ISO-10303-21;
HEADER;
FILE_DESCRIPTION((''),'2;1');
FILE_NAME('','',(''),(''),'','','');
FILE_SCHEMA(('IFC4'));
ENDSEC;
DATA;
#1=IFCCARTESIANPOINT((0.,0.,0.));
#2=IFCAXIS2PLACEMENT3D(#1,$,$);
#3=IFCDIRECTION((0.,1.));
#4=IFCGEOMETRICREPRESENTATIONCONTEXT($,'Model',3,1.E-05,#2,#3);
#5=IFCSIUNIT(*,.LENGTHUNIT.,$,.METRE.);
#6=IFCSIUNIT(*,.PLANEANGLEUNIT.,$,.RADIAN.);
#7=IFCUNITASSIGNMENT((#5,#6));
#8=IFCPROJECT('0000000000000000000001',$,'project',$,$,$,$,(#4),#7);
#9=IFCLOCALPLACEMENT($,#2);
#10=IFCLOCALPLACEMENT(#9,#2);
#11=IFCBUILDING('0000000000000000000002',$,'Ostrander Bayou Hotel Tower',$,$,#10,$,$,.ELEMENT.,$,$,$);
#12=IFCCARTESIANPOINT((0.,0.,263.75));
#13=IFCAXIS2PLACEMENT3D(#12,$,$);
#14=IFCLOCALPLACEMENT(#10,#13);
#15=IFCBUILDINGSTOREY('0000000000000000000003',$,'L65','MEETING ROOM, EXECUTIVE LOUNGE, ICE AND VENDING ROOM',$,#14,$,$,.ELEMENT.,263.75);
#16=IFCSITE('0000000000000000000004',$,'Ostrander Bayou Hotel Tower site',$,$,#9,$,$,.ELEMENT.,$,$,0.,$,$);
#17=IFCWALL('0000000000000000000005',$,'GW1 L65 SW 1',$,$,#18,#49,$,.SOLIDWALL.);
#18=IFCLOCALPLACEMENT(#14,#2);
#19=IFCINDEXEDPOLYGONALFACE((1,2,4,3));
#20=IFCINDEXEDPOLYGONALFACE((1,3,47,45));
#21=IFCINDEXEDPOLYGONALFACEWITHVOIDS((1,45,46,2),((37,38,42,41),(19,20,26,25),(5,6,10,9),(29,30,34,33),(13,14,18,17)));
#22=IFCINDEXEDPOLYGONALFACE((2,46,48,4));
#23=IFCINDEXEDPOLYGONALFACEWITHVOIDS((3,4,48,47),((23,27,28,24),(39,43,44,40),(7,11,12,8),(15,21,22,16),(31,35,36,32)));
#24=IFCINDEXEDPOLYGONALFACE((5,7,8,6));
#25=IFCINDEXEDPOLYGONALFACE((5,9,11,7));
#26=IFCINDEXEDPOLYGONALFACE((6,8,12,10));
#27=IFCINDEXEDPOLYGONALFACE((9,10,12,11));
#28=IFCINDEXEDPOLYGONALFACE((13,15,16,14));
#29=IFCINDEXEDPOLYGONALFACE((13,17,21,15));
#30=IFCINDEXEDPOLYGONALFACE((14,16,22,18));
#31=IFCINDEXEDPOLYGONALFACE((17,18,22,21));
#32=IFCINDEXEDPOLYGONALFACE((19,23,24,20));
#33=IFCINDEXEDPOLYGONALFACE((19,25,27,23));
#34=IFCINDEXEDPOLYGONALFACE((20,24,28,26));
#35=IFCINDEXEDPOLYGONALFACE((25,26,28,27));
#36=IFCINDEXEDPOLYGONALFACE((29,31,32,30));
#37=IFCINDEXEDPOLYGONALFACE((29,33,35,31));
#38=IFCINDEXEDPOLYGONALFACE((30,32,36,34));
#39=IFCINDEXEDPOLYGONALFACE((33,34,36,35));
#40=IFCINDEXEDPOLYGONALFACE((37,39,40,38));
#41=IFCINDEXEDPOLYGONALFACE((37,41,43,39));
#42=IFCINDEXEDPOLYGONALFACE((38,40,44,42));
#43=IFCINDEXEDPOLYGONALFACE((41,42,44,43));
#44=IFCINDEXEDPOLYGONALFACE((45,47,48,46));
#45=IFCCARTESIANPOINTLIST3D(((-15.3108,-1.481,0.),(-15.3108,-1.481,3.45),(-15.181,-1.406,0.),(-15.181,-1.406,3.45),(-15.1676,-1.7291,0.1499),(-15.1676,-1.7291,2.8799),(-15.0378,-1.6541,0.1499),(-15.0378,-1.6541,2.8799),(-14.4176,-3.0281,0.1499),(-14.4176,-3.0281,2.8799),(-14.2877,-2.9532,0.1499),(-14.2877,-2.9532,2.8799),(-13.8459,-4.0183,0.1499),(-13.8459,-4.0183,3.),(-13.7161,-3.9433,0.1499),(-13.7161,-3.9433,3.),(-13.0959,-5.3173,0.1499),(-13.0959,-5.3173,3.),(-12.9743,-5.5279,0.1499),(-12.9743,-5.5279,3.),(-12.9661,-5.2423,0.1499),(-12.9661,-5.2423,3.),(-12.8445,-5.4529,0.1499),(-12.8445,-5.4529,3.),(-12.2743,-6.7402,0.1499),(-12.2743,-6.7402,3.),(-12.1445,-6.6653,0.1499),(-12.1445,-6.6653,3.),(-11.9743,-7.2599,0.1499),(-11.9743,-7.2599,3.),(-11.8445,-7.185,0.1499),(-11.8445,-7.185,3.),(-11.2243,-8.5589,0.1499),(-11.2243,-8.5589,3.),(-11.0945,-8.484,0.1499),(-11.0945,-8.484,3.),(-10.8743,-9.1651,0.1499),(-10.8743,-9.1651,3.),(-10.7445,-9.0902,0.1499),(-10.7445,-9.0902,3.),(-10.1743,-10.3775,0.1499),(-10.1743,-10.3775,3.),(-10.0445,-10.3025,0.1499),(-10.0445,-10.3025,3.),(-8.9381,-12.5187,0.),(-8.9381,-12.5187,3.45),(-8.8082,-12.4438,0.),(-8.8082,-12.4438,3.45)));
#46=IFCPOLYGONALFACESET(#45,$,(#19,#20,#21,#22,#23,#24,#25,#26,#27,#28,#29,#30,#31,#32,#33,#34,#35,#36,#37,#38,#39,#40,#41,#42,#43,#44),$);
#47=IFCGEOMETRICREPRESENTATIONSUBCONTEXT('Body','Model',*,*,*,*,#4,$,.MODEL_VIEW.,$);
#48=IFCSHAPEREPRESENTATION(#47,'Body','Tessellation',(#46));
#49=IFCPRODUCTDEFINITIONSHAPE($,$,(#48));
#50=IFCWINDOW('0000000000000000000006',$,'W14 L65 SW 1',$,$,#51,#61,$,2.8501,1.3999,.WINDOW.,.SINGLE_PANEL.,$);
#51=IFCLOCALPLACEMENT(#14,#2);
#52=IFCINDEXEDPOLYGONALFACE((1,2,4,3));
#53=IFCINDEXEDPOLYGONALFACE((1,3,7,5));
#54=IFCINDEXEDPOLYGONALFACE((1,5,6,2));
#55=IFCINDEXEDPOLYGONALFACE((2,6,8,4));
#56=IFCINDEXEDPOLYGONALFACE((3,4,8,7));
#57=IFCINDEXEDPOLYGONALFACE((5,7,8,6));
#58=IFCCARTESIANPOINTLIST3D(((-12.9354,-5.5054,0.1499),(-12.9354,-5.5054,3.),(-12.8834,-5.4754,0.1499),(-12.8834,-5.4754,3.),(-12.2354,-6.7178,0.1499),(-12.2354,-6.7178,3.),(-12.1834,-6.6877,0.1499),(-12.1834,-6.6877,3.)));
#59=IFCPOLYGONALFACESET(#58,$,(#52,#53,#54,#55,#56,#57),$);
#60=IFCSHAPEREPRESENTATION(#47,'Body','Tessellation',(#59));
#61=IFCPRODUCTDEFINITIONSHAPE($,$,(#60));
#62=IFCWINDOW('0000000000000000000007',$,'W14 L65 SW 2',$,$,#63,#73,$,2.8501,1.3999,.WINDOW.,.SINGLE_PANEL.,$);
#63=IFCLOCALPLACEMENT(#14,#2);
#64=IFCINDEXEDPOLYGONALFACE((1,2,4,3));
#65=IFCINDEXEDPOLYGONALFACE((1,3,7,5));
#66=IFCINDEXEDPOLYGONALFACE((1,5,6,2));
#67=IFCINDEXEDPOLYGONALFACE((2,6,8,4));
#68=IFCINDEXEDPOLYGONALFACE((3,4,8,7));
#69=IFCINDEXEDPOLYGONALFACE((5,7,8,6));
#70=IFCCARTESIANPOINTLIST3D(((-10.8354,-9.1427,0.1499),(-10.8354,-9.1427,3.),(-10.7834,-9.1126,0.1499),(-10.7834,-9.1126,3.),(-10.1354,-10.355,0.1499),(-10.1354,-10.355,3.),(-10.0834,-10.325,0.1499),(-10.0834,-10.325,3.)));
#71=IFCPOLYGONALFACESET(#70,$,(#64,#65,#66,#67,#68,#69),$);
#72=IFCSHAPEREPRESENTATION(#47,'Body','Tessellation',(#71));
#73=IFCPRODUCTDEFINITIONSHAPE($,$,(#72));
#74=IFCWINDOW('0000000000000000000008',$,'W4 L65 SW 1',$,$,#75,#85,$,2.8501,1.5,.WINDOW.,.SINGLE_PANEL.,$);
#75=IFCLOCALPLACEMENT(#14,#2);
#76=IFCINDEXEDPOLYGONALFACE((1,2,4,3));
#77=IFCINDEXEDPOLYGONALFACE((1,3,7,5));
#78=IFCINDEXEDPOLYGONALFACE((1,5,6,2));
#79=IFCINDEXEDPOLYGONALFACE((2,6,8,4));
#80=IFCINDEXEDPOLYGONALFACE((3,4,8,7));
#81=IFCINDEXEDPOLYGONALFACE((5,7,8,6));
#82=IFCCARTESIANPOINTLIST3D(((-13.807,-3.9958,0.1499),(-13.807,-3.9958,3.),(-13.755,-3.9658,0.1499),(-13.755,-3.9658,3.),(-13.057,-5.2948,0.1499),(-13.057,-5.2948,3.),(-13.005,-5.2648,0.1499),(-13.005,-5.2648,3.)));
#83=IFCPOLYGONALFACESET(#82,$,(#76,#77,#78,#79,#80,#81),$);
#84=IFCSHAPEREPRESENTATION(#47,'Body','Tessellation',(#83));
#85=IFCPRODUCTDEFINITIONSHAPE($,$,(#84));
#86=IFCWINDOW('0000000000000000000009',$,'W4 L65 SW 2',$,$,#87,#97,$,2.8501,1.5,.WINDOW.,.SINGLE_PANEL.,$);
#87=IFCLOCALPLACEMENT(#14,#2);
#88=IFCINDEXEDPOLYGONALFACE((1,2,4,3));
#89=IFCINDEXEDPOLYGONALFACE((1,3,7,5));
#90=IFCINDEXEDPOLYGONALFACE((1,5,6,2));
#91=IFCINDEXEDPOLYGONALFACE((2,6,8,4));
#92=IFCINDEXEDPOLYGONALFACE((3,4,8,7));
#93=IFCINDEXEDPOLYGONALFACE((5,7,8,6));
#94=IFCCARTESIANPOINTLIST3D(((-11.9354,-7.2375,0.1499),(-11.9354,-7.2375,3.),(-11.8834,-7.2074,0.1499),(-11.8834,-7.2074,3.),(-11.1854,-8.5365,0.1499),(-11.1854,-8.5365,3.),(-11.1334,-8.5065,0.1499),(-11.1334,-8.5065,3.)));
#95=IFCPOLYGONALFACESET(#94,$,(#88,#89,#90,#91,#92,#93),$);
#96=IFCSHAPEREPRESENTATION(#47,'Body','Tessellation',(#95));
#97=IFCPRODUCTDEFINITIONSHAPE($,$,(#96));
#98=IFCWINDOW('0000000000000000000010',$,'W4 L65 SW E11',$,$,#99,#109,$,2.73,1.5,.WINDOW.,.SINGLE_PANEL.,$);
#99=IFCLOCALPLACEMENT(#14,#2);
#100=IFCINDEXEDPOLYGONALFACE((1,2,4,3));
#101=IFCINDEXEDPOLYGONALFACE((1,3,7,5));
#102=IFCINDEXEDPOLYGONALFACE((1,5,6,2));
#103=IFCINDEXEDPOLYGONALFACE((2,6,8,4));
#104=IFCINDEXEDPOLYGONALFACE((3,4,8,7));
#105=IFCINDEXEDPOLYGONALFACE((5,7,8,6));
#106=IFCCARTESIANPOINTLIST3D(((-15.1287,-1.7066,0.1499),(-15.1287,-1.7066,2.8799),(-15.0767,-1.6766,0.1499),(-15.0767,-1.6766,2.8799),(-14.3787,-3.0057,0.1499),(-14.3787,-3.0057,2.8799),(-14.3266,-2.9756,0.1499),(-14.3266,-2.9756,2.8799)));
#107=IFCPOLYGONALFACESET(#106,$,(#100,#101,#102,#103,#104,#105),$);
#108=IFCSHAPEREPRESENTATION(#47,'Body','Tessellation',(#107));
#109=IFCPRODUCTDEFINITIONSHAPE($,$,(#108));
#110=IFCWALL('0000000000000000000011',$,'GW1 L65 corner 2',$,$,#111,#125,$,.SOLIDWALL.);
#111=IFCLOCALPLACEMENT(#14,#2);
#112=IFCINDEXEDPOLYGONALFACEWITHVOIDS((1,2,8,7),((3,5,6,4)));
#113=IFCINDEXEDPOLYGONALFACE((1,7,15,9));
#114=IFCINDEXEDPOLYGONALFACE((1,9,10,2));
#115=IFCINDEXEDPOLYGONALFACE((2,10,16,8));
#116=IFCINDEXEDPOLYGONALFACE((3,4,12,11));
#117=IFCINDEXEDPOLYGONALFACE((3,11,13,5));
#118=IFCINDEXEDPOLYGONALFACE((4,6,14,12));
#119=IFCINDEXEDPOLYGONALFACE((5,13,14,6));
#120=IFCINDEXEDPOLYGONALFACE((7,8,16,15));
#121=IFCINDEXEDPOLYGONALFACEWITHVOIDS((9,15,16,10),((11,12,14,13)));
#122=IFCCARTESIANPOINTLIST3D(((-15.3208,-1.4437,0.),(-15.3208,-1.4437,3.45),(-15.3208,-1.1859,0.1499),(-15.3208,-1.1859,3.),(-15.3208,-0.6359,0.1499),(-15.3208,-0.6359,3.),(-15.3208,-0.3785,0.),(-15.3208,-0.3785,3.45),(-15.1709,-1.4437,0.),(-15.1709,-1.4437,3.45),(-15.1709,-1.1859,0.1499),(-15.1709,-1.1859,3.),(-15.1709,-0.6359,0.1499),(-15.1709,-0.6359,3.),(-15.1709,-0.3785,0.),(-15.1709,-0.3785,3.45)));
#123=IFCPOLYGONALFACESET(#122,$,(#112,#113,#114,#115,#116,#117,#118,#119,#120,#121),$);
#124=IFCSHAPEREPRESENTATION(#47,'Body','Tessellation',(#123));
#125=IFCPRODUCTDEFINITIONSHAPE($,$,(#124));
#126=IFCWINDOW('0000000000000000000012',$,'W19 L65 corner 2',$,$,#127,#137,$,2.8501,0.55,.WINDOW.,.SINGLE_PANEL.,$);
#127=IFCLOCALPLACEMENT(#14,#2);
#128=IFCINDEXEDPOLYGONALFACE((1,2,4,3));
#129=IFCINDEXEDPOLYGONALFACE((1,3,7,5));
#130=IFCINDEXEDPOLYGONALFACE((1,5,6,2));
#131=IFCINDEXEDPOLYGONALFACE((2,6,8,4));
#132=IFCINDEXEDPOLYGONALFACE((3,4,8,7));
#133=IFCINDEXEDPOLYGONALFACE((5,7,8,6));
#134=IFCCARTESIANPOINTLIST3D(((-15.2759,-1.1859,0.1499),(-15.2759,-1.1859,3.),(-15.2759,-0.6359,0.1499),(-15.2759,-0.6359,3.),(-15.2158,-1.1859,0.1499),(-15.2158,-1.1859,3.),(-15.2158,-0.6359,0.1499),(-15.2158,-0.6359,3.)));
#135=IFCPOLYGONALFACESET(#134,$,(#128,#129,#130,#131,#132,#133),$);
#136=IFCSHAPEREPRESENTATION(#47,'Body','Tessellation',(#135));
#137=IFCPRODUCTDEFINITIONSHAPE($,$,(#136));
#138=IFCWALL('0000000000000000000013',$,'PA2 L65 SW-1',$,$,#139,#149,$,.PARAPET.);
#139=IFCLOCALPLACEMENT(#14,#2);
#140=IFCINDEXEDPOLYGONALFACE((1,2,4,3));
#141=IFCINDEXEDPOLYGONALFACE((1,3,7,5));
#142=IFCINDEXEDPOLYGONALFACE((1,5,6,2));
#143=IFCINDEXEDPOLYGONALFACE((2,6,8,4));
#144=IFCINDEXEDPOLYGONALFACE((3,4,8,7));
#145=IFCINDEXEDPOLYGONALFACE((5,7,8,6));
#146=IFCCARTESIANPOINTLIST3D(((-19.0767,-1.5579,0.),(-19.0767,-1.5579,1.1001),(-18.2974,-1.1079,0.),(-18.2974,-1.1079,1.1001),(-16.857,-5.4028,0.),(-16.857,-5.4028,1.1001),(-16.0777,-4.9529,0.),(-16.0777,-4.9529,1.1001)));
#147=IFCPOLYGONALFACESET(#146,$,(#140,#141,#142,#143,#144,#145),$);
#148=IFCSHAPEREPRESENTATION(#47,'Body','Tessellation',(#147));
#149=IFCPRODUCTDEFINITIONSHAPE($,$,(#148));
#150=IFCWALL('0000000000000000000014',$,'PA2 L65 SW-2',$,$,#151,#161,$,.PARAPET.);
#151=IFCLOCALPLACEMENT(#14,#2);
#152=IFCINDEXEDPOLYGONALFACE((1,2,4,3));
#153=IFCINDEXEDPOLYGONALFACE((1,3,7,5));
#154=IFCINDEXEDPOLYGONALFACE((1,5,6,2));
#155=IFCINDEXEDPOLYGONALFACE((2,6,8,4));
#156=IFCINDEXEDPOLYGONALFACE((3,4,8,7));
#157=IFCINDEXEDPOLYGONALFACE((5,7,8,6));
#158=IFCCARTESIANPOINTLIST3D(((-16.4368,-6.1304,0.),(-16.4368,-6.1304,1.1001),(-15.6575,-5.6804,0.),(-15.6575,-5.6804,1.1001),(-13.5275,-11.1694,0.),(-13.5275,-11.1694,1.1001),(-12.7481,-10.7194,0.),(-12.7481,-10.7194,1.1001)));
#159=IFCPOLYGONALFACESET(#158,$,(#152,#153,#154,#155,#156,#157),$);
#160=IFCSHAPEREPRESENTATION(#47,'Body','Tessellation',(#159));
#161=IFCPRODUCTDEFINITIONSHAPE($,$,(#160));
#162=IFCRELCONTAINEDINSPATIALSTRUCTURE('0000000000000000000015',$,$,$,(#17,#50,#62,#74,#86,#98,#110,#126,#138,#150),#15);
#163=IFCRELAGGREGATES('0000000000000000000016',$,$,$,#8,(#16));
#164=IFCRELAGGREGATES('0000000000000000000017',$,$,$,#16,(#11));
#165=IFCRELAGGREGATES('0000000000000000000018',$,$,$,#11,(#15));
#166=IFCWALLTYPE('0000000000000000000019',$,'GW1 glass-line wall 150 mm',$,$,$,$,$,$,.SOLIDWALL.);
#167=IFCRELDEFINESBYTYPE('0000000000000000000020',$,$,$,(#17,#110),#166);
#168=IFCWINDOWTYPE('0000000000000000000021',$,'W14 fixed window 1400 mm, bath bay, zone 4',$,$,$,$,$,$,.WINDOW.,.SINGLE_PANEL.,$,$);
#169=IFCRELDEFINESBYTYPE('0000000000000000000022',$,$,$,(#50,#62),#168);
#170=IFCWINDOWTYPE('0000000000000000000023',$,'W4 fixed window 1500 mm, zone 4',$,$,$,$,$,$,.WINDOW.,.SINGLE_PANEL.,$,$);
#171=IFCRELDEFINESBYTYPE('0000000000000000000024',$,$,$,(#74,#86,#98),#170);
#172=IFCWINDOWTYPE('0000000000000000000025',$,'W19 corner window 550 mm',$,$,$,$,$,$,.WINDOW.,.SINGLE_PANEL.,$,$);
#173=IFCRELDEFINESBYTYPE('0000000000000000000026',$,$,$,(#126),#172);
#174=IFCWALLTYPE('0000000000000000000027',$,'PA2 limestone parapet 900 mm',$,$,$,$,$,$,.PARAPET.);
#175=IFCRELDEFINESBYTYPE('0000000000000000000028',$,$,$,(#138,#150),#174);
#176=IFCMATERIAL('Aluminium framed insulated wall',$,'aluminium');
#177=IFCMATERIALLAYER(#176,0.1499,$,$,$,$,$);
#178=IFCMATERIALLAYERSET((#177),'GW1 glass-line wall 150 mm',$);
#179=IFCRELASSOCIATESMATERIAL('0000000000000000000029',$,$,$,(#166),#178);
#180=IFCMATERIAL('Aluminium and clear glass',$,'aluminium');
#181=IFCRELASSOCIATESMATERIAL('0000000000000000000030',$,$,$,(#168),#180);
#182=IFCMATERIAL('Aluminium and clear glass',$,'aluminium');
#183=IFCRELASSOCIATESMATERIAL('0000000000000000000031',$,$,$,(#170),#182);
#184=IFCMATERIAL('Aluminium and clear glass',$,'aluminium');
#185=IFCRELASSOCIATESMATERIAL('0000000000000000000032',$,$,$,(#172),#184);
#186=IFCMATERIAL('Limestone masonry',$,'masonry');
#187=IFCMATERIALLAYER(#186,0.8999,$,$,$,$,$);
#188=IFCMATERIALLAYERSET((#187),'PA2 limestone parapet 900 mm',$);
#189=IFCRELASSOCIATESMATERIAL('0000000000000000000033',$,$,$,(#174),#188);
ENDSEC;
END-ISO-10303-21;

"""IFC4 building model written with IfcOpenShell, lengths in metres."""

from ifc_helpers import new_model, si_unit, direction, frame, frame_2d, origin, place, context, subcontext, project, spatial, rectangle, extrude, material, layer, layer_set, type_object, element, fill, save


model = new_model("IFC4")

# Units and contexts
model_context = context("Model", 3, precision=1e-05, world=origin(), true_north=direction((0.0, 1.0)))
body_context = subcontext(model_context, "Body", "Model", "MODEL_VIEW")
ifc_project = project(units=[si_unit("LENGTHUNIT", "METRE"), si_unit("PLANEANGLEUNIT", "RADIAN")], contexts=[model_context])

# Site, building, storey
site_placement = place(None, origin())
site = spatial("IfcSite", under=ifc_project, at=site_placement, Name="Ostrander Bayou Hotel Tower site", CompositionType="ELEMENT", RefElevation=0.0)
building_placement = place(site_placement, origin())
building = spatial("IfcBuilding", under=site, at=building_placement, Name="Ostrander Bayou Hotel Tower", CompositionType="ELEMENT")
storey_placement = place(building_placement, frame((0.0, 0.0, 263.75)))
storey = spatial("IfcBuildingStorey", under=building, at=storey_placement, Name="L65", Description="MEETING ROOM, EXECUTIVE LOUNGE, ICE AND VENDING ROOM", CompositionType="ELEMENT", Elevation=263.75)

# Wall, openings, windows
ifc_material_1 = material(Name="Aluminium framed insulated wall", Category="aluminium")
ifc_layer_1 = layer(ifc_material_1, 0.1499)
ifc_layer_set_1 = layer_set([ifc_layer_1], Name="GW1 glass-line wall 150 mm")
wall_type_1 = type_object("IfcWallType", Name="GW1 glass-line wall 150 mm", PredefinedType="SOLIDWALL", material=ifc_layer_set_1)
wall_1_placement = place(storey_placement, frame((-15.2458, -1.4436, 0.0), z_axis=(0.0, 0.0, 1.0), x_axis=(0.500006, -0.866022, 0.0)))
wall_1 = element("IfcWall", 1, at=wall_1_placement, inside=storey, type_object=wall_type_1, Name="GW1 L65 SW 1", PredefinedType="SOLIDWALL", context=body_context, shape_type="SweptSolid", body=[
    extrude(rectangle(XDim=12.7454, YDim=0.1499, at=frame_2d((6.3726, 0.0))), origin(), (0.0, 0.0, 1.0), 3.45),
])
opening_1_placement = place(wall_1_placement, frame((2.9297, 0.0, 0.1499)))
opening_1 = element("IfcOpeningElement", 2, at=opening_1_placement, cuts=wall_1, PredefinedType="OPENING", context=body_context, shape_type="SweptSolid", body=[
    extrude(rectangle(XDim=1.5, YDim=2.8501, at=frame_2d((0.75, 1.425))), frame((0.0, 0.075, 0.0), z_axis=(0.0, -1.0, 0.0), x_axis=(1.0, 0.0, 0.0)), (0.0, 0.0, 1.0), 0.1499),
])
opening_2_placement = place(wall_1_placement, frame((4.6729, 0.0, 0.1499)))
opening_2 = element("IfcOpeningElement", 3, at=opening_2_placement, cuts=wall_1, PredefinedType="OPENING", context=body_context, shape_type="SweptSolid", body=[
    extrude(rectangle(XDim=1.3999, YDim=2.8501, at=frame_2d((0.7, 1.425))), frame((0.0, 0.075, 0.0), z_axis=(0.0, -1.0, 0.0), x_axis=(1.0, 0.0, 0.0)), (0.0, 0.0, 1.0), 0.1499),
])
opening_3_placement = place(wall_1_placement, frame((6.6729, 0.0, 0.1499)))
opening_3 = element("IfcOpeningElement", 4, at=opening_3_placement, cuts=wall_1, PredefinedType="OPENING", context=body_context, shape_type="SweptSolid", body=[
    extrude(rectangle(XDim=1.5, YDim=2.8501, at=frame_2d((0.75, 1.425))), frame((0.0, 0.075, 0.0), z_axis=(0.0, -1.0, 0.0), x_axis=(1.0, 0.0, 0.0)), (0.0, 0.0, 1.0), 0.1499),
])
opening_4_placement = place(wall_1_placement, frame((8.8728, 0.0, 0.1499)))
opening_4 = element("IfcOpeningElement", 5, at=opening_4_placement, cuts=wall_1, PredefinedType="OPENING", context=body_context, shape_type="SweptSolid", body=[
    extrude(rectangle(XDim=1.3999, YDim=2.8501, at=frame_2d((0.7, 1.425))), frame((0.0, 0.075, 0.0), z_axis=(0.0, -1.0, 0.0), x_axis=(1.0, 0.0, 0.0)), (0.0, 0.0, 1.0), 0.1499),
])
opening_5_placement = place(wall_1_placement, frame((0.2864, 0.0, 0.1499)))
opening_5 = element("IfcOpeningElement", 6, at=opening_5_placement, cuts=wall_1, PredefinedType="OPENING", context=body_context, shape_type="SweptSolid", body=[
    extrude(rectangle(XDim=1.5, YDim=2.73, at=frame_2d((0.75, 1.365))), frame((0.0, 0.075, 0.0), z_axis=(0.0, -1.0, 0.0), x_axis=(1.0, 0.0, 0.0)), (0.0, 0.0, 1.0), 0.1499),
])
ifc_material_2 = material(Name="Aluminium and clear glass", Category="aluminium")
window_type_1 = type_object("IfcWindowType", Name="W14 fixed window 1400 mm, bath bay, zone 4", PartitioningType="SINGLE_PANEL", PredefinedType="WINDOW", material=ifc_material_2)
window_1_placement = place(opening_2_placement, origin())
window_1 = element("IfcWindow", 7, at=window_1_placement, inside=storey, type_object=window_type_1, Name="W14 L65 SW 1", OverallHeight=2.8501, OverallWidth=1.3999, PartitioningType="SINGLE_PANEL", PredefinedType="WINDOW", context=body_context, shape_type="SweptSolid", body=[
    extrude(rectangle(XDim=1.3999, YDim=2.8501, at=frame_2d((0.7, 1.425))), frame((0.0, 0.03, 0.0), z_axis=(0.0, -1.0, 0.0), x_axis=(1.0, 0.0, 0.0)), (0.0, 0.0, 1.0), 0.0601),
])
fill(opening_2, window_1)
window_2_placement = place(opening_4_placement, origin())
window_2 = element("IfcWindow", 8, at=window_2_placement, inside=storey, type_object=window_type_1, Name="W14 L65 SW 2", OverallHeight=2.8501, OverallWidth=1.3999, PartitioningType="SINGLE_PANEL", PredefinedType="WINDOW", context=body_context, shape_type="SweptSolid", body=[
    extrude(rectangle(XDim=1.3999, YDim=2.8501, at=frame_2d((0.7, 1.425))), frame((0.0, 0.03, 0.0), z_axis=(0.0, -1.0, 0.0), x_axis=(1.0, 0.0, 0.0)), (0.0, 0.0, 1.0), 0.0601),
])
fill(opening_4, window_2)
ifc_material_3 = material(Name="Aluminium and clear glass", Category="aluminium")
window_type_2 = type_object("IfcWindowType", Name="W4 fixed window 1500 mm, zone 4", PartitioningType="SINGLE_PANEL", PredefinedType="WINDOW", material=ifc_material_3)
window_3_placement = place(opening_1_placement, origin())
window_3 = element("IfcWindow", 9, at=window_3_placement, inside=storey, type_object=window_type_2, Name="W4 L65 SW 1", OverallHeight=2.8501, OverallWidth=1.5, PartitioningType="SINGLE_PANEL", PredefinedType="WINDOW", context=body_context, shape_type="SweptSolid", body=[
    extrude(rectangle(XDim=1.5, YDim=2.8501, at=frame_2d((0.75, 1.425))), frame((0.0, 0.03, 0.0), z_axis=(0.0, -1.0, 0.0), x_axis=(1.0, 0.0, 0.0)), (0.0, 0.0, 1.0), 0.0601),
])
fill(opening_1, window_3)
window_4_placement = place(opening_3_placement, origin())
window_4 = element("IfcWindow", 10, at=window_4_placement, inside=storey, type_object=window_type_2, Name="W4 L65 SW 2", OverallHeight=2.8501, OverallWidth=1.5, PartitioningType="SINGLE_PANEL", PredefinedType="WINDOW", context=body_context, shape_type="SweptSolid", body=[
    extrude(rectangle(XDim=1.5, YDim=2.8501, at=frame_2d((0.75, 1.425))), frame((0.0, 0.03, 0.0), z_axis=(0.0, -1.0, 0.0), x_axis=(1.0, 0.0, 0.0)), (0.0, 0.0, 1.0), 0.0601),
])
fill(opening_3, window_4)
window_5_placement = place(opening_5_placement, origin())
window_5 = element("IfcWindow", 11, at=window_5_placement, inside=storey, type_object=window_type_2, Name="W4 L65 SW E11", OverallHeight=2.73, OverallWidth=1.5, PartitioningType="SINGLE_PANEL", PredefinedType="WINDOW", context=body_context, shape_type="SweptSolid", body=[
    extrude(rectangle(XDim=1.5, YDim=2.73, at=frame_2d((0.75, 1.365))), frame((0.0, 0.03, 0.0), z_axis=(0.0, -1.0, 0.0), x_axis=(1.0, 0.0, 0.0)), (0.0, 0.0, 1.0), 0.0601),
])
fill(opening_5, window_5)

# Wall, opening, window
wall_2_placement = place(storey_placement, frame((-15.2458, -0.3784, 0.0), z_axis=(0.0, 0.0, 1.0), x_axis=(0.0, -1.0, 0.0)))
wall_2 = element("IfcWall", 12, at=wall_2_placement, inside=storey, type_object=wall_type_1, Name="GW1 L65 corner 2", PredefinedType="SOLIDWALL", context=body_context, shape_type="SweptSolid", body=[
    extrude(rectangle(XDim=1.0652, YDim=0.1499, at=frame_2d((0.5327, 0.0))), origin(), (0.0, 0.0, 1.0), 3.45),
])
opening_6_placement = place(wall_2_placement, frame((0.2576, 0.0, 0.1499)))
opening_6 = element("IfcOpeningElement", 13, at=opening_6_placement, cuts=wall_2, PredefinedType="OPENING", context=body_context, shape_type="SweptSolid", body=[
    extrude(rectangle(XDim=0.55, YDim=2.8501, at=frame_2d((0.2749, 1.425))), frame((0.0, 0.075, 0.0), z_axis=(0.0, -1.0, 0.0), x_axis=(1.0, 0.0, 0.0)), (0.0, 0.0, 1.0), 0.1499),
])
ifc_material_4 = material(Name="Aluminium and clear glass", Category="aluminium")
window_type_3 = type_object("IfcWindowType", Name="W19 corner window 550 mm", PartitioningType="SINGLE_PANEL", PredefinedType="WINDOW", material=ifc_material_4)
window_6_placement = place(opening_6_placement, origin())
window_6 = element("IfcWindow", 14, at=window_6_placement, inside=storey, type_object=window_type_3, Name="W19 L65 corner 2", OverallHeight=2.8501, OverallWidth=0.55, PartitioningType="SINGLE_PANEL", PredefinedType="WINDOW", context=body_context, shape_type="SweptSolid", body=[
    extrude(rectangle(XDim=0.55, YDim=2.8501, at=frame_2d((0.2749, 1.425))), frame((0.0, 0.03, 0.0), z_axis=(0.0, -1.0, 0.0), x_axis=(1.0, 0.0, 0.0)), (0.0, 0.0, 1.0), 0.0601),
])
fill(opening_6, window_6)

# Walls
ifc_material_5 = material(Name="Limestone masonry", Category="masonry")
ifc_layer_2 = layer(ifc_material_5, 0.8999)
ifc_layer_set_2 = layer_set([ifc_layer_2], Name="PA2 limestone parapet 900 mm")
wall_type_2 = type_object("IfcWallType", Name="PA2 limestone parapet 900 mm", PredefinedType="PARAPET", material=ifc_layer_set_2)
wall_3_placement = place(storey_placement, frame((-18.687, -1.333, 0.0), z_axis=(0.0, 0.0, 1.0), x_axis=(0.499972, -0.866042, 0.0)))
element("IfcWall", 15, at=wall_3_placement, inside=storey, type_object=wall_type_2, Name="PA2 L65 SW-1", PredefinedType="PARAPET", context=body_context, shape_type="SweptSolid", body=[
    extrude(rectangle(XDim=4.4397, YDim=0.8999, at=frame_2d((2.2197, 0.0))), origin(), (0.0, 0.0, 1.0), 1.1001),
])
wall_4_placement = place(storey_placement, frame((-16.0471, -5.9055, 0.0), z_axis=(0.0, 0.0, 1.0), x_axis=(0.500015, -0.866016, 0.0)))
element("IfcWall", 16, at=wall_4_placement, inside=storey, type_object=wall_type_2, Name="PA2 L65 SW-2", PredefinedType="PARAPET", context=body_context, shape_type="SweptSolid", body=[
    extrude(rectangle(XDim=5.8186, YDim=0.8999, at=frame_2d((2.9092, 0.0))), origin(), (0.0, 0.0, 1.0), 1.1001),
])

save(model, "model.ifc")
